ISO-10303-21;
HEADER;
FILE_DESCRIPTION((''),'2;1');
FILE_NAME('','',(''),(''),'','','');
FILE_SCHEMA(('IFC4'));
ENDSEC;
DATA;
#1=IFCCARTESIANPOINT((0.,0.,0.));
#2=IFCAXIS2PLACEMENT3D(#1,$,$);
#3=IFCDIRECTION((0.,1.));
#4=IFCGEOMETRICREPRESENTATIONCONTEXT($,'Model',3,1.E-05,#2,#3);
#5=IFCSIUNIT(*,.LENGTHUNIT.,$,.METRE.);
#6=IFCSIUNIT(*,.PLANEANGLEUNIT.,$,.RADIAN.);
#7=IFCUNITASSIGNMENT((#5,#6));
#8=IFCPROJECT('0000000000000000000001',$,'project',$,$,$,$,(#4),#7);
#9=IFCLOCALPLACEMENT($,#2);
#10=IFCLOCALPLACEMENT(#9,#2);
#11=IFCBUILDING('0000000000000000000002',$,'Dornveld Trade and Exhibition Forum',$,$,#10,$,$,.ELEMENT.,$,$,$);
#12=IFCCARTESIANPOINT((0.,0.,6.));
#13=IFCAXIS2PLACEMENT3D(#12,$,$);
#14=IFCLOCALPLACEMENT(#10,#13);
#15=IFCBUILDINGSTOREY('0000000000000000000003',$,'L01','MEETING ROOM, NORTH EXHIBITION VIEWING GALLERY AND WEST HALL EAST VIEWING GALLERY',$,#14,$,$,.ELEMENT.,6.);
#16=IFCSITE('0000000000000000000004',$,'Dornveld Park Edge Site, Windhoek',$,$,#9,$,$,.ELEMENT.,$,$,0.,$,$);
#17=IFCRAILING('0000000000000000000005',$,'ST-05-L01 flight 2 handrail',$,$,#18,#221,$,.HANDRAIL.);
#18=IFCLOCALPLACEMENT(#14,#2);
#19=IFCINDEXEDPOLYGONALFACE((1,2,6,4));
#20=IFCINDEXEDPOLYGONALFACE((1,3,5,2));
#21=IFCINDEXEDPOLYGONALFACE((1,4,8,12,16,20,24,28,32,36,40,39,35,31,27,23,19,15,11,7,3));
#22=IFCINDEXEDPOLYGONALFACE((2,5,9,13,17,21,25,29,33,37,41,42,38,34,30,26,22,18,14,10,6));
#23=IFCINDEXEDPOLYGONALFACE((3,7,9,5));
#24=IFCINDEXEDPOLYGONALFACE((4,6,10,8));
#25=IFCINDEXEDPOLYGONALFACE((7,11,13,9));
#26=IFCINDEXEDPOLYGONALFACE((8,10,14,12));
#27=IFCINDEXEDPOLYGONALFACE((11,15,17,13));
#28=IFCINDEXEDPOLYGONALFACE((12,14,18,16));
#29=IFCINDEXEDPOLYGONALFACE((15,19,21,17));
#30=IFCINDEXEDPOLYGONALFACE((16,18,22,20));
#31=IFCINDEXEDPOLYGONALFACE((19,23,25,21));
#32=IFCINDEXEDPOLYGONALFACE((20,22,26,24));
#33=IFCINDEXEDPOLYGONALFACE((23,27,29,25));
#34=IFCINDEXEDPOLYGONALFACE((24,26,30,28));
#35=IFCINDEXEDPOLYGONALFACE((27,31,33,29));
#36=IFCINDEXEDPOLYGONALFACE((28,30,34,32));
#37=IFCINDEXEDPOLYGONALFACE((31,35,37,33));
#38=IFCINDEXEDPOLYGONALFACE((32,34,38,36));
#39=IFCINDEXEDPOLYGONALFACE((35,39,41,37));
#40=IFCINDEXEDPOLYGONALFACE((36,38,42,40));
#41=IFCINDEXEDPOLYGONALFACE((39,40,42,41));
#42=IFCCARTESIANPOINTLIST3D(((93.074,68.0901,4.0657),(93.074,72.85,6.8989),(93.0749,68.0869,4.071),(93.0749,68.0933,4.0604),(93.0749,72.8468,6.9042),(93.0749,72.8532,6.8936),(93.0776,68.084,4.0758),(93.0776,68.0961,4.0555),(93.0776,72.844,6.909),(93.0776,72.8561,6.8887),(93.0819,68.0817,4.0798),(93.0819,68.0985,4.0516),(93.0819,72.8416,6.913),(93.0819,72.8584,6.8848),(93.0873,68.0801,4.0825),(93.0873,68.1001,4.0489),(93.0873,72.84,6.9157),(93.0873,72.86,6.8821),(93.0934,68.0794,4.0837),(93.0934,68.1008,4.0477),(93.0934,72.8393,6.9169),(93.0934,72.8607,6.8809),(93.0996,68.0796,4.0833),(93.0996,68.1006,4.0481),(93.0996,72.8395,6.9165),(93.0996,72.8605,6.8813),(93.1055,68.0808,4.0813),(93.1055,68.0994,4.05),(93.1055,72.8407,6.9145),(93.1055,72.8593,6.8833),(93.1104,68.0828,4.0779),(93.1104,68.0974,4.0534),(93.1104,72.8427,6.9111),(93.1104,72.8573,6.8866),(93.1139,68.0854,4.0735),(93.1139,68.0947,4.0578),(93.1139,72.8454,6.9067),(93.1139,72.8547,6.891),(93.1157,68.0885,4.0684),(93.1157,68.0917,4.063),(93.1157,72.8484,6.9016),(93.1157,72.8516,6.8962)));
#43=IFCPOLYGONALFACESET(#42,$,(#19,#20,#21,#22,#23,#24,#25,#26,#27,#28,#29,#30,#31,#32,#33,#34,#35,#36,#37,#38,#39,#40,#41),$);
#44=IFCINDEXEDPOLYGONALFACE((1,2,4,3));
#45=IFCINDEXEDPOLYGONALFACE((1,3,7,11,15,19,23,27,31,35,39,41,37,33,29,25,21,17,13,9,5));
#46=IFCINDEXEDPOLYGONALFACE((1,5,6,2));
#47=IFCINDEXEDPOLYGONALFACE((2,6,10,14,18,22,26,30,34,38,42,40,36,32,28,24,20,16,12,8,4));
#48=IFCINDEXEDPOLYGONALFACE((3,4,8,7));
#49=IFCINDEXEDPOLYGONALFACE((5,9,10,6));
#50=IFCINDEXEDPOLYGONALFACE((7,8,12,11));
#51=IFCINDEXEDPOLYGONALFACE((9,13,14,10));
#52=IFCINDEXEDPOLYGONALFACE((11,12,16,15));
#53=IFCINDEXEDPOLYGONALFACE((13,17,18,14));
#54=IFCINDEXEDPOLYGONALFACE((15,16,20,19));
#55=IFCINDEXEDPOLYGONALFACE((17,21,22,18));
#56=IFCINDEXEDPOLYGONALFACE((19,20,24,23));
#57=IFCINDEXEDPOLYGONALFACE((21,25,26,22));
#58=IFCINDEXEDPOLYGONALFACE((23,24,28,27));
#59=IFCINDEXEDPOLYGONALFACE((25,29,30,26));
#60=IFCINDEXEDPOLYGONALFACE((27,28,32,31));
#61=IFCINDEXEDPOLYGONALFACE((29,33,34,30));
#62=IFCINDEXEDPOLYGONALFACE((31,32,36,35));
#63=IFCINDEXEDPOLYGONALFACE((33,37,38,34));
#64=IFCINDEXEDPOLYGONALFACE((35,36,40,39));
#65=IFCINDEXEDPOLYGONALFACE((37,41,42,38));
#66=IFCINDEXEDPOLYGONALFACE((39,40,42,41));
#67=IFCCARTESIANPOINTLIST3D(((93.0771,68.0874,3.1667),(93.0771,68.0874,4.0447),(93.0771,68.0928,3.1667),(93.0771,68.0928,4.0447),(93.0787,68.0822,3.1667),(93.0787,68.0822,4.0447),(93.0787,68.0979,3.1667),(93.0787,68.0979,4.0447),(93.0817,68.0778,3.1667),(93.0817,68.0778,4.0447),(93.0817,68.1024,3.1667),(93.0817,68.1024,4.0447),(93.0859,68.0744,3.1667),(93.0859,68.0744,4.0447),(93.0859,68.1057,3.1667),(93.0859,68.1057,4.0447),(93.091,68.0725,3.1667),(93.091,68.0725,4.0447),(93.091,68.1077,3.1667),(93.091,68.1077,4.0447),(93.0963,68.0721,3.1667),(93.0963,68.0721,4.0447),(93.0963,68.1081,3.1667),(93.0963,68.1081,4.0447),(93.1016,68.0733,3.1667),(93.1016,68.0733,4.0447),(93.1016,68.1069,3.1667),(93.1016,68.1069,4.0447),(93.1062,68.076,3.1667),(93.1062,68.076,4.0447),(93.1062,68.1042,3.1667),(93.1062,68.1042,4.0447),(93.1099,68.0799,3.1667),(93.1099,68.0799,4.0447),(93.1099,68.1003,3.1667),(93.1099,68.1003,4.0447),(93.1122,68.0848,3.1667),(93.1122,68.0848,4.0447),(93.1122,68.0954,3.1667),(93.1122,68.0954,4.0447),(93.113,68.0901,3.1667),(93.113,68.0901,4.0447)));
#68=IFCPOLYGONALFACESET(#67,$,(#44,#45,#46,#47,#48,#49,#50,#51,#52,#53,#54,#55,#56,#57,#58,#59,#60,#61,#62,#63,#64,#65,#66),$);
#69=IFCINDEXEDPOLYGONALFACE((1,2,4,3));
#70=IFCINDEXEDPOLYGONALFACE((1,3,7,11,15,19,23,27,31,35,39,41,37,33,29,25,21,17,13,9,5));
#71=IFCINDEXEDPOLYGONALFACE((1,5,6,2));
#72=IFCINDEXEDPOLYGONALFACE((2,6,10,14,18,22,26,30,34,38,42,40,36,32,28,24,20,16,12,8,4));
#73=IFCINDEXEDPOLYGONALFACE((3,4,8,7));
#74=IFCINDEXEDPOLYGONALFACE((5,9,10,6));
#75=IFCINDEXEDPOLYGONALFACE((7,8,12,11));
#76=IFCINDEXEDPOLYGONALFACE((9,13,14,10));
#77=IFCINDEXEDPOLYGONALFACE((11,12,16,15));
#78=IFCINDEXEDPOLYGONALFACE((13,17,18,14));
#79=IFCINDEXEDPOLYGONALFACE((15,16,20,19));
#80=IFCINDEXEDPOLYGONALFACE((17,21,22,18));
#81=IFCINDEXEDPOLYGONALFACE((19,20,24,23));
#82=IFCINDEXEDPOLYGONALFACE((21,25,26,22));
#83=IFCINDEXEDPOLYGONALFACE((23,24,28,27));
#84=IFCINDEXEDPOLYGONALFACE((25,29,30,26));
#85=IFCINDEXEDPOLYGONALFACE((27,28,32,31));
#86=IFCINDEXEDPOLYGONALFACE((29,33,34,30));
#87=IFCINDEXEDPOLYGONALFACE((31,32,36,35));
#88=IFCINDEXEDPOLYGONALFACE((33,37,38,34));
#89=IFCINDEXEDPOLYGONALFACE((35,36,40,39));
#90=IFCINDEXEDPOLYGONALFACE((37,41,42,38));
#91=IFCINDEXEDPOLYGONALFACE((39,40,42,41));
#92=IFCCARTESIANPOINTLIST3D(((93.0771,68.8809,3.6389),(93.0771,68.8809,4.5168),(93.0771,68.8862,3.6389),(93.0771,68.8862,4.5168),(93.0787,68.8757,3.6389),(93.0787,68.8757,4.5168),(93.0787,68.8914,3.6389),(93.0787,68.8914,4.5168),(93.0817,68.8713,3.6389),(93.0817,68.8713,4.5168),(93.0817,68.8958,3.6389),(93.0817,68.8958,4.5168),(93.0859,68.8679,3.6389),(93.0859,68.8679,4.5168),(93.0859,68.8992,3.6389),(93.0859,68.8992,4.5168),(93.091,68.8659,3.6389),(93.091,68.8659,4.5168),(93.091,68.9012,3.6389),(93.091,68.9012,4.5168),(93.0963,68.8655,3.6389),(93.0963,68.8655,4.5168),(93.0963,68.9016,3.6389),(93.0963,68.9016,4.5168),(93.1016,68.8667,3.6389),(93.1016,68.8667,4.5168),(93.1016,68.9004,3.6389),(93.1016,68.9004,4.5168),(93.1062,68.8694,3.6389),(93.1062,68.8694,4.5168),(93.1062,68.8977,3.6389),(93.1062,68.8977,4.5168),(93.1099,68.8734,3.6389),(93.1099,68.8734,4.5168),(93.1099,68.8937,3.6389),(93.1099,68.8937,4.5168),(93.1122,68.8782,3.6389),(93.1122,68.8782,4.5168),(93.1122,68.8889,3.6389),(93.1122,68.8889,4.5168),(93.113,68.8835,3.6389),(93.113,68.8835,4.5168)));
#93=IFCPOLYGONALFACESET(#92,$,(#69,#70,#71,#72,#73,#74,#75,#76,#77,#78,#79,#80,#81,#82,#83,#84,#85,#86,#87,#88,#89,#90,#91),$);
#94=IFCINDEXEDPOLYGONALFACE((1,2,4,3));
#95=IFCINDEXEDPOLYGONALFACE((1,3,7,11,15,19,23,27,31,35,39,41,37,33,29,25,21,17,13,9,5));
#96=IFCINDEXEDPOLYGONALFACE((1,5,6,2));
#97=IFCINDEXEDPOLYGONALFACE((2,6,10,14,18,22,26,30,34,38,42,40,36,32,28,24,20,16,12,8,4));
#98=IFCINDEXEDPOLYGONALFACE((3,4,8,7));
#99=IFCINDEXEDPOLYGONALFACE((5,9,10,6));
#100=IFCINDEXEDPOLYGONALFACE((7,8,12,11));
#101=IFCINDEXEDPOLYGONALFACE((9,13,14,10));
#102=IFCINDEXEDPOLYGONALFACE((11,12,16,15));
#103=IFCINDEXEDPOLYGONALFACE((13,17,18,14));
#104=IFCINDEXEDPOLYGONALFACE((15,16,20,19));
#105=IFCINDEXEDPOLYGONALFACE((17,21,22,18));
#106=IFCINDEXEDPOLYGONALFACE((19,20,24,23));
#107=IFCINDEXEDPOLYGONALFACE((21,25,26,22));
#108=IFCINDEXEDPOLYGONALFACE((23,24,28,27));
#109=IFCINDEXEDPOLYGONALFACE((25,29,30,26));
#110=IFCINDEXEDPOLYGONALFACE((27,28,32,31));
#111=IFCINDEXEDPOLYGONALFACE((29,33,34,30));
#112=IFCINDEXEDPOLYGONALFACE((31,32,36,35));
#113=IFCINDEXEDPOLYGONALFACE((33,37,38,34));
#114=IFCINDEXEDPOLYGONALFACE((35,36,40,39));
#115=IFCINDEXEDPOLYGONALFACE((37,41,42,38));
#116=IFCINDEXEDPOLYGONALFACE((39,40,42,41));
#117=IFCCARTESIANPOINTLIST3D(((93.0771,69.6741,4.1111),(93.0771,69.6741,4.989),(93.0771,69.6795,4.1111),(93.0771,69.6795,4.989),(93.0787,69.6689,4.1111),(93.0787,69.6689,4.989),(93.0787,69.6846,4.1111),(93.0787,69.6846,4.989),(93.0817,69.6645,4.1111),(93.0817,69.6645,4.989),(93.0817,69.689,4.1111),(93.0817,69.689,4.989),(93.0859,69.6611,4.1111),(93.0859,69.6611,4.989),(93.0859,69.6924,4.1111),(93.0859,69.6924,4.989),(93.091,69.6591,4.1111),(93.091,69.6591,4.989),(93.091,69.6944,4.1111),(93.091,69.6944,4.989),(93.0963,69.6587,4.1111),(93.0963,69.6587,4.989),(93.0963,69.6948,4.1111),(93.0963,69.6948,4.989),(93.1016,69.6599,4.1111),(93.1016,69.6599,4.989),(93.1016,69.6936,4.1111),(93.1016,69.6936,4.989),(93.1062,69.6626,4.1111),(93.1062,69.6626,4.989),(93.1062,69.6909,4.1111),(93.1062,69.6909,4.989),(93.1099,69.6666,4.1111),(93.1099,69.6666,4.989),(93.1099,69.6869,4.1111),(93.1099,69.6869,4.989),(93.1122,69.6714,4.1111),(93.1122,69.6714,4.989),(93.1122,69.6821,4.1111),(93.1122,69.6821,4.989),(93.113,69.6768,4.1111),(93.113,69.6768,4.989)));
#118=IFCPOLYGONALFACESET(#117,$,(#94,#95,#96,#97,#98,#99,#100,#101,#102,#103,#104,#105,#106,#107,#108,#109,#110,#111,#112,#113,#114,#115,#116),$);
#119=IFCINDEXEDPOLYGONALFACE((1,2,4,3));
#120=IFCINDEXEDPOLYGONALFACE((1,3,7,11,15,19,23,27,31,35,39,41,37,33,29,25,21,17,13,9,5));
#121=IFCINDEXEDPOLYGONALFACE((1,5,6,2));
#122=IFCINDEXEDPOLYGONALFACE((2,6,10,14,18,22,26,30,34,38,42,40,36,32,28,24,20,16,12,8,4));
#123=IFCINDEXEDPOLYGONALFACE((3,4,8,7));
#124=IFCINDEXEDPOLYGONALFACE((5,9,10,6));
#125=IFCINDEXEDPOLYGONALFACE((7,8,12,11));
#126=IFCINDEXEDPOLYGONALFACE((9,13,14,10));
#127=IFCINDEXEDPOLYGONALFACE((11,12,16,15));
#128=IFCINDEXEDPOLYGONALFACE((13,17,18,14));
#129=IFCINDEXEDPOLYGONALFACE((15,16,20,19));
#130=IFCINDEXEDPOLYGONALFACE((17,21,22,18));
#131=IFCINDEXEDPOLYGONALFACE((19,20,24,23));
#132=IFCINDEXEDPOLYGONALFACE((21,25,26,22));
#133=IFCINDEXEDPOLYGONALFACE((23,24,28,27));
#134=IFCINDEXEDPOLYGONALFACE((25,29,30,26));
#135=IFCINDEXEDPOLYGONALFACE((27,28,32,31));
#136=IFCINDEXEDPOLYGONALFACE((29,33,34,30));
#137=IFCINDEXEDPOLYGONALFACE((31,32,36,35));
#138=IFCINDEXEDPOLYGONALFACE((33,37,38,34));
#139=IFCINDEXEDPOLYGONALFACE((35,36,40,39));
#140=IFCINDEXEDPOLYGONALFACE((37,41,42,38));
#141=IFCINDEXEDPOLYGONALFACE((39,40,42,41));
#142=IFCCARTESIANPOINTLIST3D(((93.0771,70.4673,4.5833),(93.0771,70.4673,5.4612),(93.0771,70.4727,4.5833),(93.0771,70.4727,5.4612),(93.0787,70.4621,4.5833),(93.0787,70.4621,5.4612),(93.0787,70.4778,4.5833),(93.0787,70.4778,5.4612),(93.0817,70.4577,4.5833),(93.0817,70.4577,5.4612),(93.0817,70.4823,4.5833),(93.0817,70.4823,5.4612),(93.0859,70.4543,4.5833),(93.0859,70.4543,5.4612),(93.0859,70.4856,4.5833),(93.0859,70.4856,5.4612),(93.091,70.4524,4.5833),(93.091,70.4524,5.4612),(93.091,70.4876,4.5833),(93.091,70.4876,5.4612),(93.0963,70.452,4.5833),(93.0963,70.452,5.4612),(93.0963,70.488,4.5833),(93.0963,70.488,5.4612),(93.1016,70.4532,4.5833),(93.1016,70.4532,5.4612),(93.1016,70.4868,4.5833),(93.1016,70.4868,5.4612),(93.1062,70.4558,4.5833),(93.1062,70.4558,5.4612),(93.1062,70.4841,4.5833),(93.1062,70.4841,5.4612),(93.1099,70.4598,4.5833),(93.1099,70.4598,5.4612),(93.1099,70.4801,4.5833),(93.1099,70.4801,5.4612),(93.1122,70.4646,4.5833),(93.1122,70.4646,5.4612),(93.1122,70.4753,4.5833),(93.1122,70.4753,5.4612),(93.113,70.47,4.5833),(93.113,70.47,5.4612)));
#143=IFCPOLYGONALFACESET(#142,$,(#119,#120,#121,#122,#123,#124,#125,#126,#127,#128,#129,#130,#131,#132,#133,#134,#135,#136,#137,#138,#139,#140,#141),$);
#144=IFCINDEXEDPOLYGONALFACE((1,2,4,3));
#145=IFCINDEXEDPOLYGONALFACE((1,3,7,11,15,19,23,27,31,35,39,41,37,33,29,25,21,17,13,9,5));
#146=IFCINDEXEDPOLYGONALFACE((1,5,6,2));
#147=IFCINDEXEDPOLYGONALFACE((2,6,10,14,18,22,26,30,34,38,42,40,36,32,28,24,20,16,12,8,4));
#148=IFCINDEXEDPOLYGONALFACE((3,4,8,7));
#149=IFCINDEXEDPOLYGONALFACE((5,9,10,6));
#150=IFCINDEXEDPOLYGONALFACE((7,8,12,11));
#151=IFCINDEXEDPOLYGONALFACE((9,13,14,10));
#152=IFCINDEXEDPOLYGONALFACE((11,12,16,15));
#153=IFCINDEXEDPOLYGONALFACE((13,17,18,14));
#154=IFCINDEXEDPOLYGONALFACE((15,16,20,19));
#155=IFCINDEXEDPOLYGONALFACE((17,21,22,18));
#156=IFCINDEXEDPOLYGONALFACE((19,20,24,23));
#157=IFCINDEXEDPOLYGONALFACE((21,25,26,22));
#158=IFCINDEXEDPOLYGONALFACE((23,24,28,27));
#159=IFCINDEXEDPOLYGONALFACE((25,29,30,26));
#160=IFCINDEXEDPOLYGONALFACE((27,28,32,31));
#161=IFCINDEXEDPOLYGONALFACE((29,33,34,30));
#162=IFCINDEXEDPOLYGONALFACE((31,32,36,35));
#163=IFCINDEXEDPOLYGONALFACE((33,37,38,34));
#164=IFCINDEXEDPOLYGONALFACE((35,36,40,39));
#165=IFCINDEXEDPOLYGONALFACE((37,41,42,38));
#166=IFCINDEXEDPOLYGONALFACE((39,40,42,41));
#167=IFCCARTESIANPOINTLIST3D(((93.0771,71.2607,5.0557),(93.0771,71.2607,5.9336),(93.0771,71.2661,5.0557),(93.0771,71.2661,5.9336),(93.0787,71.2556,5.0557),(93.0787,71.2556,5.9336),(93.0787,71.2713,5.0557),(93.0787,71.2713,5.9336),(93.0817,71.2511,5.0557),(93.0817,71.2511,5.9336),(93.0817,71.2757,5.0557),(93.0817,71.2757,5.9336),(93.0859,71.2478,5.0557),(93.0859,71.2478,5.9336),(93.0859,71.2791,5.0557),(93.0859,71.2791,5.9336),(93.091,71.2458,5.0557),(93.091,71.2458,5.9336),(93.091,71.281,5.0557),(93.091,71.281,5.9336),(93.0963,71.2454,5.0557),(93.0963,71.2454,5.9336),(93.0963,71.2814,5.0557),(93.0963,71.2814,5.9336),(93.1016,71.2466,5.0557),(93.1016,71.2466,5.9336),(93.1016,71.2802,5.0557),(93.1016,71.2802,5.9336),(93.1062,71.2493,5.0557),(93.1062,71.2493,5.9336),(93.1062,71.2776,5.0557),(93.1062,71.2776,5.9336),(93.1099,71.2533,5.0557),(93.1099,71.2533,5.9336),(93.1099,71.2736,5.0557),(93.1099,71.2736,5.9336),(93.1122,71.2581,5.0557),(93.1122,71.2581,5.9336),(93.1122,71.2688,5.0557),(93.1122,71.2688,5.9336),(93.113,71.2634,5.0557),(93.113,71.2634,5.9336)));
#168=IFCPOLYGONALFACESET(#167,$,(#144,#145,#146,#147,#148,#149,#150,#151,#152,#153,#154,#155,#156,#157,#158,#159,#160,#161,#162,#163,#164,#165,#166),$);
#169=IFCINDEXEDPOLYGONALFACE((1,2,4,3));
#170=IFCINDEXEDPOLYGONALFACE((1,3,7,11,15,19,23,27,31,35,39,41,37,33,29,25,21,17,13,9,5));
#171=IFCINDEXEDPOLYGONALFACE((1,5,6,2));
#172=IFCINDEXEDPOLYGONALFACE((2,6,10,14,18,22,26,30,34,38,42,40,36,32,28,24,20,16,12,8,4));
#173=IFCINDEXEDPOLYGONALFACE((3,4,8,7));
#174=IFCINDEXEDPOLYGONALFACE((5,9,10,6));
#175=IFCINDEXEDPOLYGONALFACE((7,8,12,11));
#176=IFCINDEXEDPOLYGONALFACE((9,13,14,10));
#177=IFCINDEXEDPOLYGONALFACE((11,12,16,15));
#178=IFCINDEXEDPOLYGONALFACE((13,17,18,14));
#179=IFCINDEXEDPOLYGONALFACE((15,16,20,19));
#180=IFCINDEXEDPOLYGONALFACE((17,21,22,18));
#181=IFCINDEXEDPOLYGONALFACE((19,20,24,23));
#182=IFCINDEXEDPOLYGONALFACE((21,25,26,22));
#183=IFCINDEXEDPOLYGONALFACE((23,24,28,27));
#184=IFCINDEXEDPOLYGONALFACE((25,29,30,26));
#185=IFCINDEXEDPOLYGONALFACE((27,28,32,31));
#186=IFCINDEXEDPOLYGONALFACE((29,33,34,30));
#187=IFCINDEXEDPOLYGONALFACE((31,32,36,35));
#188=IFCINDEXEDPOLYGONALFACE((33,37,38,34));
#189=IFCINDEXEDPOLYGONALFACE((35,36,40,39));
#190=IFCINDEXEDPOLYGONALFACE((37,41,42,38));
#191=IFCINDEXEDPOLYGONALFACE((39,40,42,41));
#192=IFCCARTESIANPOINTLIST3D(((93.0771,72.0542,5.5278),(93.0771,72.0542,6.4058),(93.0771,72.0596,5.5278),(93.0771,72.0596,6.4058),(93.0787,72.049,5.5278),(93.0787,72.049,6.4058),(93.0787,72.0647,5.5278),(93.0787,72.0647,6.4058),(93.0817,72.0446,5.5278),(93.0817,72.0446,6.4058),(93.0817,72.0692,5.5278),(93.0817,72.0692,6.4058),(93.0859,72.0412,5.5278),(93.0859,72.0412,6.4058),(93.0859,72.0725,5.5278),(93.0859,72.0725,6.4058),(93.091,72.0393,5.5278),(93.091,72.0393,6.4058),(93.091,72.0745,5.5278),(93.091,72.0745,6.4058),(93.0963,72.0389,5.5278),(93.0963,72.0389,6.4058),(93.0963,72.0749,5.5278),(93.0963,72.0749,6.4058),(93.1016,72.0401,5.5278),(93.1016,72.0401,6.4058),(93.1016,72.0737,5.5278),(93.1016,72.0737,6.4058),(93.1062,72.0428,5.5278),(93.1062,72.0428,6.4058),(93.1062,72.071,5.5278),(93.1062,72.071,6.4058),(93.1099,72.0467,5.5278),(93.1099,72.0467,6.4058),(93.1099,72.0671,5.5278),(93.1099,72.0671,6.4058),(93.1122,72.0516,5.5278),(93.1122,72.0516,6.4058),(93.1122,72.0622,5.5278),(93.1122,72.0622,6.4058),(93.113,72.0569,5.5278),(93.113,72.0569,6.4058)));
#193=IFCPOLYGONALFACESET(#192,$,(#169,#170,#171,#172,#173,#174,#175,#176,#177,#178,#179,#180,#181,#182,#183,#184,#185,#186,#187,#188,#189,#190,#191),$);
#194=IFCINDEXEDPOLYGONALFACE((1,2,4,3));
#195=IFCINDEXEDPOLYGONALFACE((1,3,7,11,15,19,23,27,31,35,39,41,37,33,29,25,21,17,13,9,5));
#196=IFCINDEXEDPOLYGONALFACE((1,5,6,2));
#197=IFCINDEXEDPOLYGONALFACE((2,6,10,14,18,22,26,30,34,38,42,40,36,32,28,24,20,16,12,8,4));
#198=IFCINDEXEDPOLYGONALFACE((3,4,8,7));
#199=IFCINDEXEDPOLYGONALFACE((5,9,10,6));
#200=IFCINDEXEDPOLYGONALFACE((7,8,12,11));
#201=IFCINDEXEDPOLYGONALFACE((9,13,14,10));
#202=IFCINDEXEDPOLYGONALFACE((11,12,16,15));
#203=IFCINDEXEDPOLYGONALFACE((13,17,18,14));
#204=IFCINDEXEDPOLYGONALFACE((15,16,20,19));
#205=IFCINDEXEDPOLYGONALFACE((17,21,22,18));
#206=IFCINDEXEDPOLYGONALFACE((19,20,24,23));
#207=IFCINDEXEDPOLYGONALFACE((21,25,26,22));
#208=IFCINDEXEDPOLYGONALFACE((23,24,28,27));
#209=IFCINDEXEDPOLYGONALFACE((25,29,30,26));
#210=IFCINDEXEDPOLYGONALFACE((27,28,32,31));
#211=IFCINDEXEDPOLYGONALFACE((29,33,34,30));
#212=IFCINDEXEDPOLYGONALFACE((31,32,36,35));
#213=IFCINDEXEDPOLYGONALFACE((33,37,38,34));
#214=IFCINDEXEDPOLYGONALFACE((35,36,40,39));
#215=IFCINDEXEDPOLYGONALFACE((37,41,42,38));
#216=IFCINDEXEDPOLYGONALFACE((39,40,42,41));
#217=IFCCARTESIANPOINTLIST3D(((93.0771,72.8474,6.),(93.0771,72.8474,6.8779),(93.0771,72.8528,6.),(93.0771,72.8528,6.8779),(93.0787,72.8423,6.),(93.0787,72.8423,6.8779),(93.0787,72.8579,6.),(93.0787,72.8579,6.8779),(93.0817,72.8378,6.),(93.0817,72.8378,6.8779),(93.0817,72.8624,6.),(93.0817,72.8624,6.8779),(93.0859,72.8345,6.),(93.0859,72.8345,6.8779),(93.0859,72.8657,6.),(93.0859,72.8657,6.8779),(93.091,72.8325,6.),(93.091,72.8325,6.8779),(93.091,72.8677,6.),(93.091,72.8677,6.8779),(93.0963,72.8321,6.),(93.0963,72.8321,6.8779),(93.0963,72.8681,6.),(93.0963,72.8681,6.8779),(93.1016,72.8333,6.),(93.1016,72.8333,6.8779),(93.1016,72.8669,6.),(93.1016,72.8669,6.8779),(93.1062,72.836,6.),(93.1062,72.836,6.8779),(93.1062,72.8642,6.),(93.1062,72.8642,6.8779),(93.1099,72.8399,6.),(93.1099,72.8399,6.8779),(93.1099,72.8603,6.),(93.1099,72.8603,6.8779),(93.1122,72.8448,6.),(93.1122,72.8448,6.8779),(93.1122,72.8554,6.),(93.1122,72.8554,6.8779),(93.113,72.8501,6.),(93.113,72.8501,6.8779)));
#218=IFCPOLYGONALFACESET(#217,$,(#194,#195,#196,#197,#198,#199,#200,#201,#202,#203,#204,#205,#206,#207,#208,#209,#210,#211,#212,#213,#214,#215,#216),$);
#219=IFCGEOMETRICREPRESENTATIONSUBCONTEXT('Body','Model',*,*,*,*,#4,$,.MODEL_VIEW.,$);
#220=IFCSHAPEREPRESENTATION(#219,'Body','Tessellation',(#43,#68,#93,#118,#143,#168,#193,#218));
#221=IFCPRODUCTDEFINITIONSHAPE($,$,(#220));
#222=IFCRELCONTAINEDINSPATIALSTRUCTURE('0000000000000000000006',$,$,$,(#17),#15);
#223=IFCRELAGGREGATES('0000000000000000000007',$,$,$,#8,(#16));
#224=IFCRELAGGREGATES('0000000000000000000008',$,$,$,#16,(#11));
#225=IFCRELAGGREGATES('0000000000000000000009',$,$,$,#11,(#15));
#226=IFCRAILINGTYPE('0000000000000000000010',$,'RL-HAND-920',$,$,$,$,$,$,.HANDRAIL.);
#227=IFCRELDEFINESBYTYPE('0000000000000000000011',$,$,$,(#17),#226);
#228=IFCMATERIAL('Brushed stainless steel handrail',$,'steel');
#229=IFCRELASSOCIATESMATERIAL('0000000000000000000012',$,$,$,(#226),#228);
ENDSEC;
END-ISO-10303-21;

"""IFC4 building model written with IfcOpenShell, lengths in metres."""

from ifc_helpers import new_model, si_unit, direction, frame, origin, origin_2d, place, context, subcontext, project, spatial, circle, extrude, material, type_object, element, save


model = new_model("IFC4")

# Units and contexts
model_context = context("Model", 3, precision=1e-05, world=origin(), true_north=direction((0.0, 1.0)))
body_context = subcontext(model_context, "Body", "Model", "MODEL_VIEW")
ifc_project = project(units=[si_unit("LENGTHUNIT", "METRE"), si_unit("PLANEANGLEUNIT", "RADIAN")], contexts=[model_context])

# Site, building, storey
site_placement = place(None, origin())
site = spatial("IfcSite", under=ifc_project, at=site_placement, Name="Dornveld Park Edge Site, Windhoek", CompositionType="ELEMENT", RefElevation=0.0)
building_placement = place(site_placement, origin())
building = spatial("IfcBuilding", under=site, at=building_placement, Name="Dornveld Trade and Exhibition Forum", CompositionType="ELEMENT")
storey_placement = place(building_placement, frame((0.0, 0.0, 6.0)))
storey = spatial("IfcBuildingStorey", under=building, at=storey_placement, Name="L01", Description="MEETING ROOM, NORTH EXHIBITION VIEWING GALLERY AND WEST HALL EAST VIEWING GALLERY", CompositionType="ELEMENT", Elevation=6.0)

# Railing
ifc_material_1 = material(Name="Brushed stainless steel handrail", Category="steel")
railing_type_1 = type_object("IfcRailingType", Name="RL-HAND-920", PredefinedType="HANDRAIL", material=ifc_material_1)
railing_1_placement = place(storey_placement, frame((93.095, 68.0901, 3.1667)))
element("IfcRailing", 1, at=railing_1_placement, inside=storey, type_object=railing_type_1, Name="ST-05-L01 flight 2 handrail", PredefinedType="HANDRAIL", context=body_context, shape_type="SweptSolid", body=[
    extrude(circle(Radius=0.021, at=origin_2d()), frame((0.0, 0.0, 0.8989), z_axis=(0.0, 0.8593, 0.511472), x_axis=(-1.0, 0.0, 0.0)), (0.0, 0.0, 1.0), 5.5393),
    extrude(circle(Radius=0.0181, at=origin_2d()), origin(), (0.0, 0.0, 1.0), 0.8779),
    extrude(circle(Radius=0.0181, at=origin_2d()), frame((0.0, 0.7935, 0.4722)), (0.0, 0.0, 1.0), 0.8779),
    extrude(circle(Radius=0.0181, at=origin_2d()), frame((0.0, 1.5867, 0.9443)), (0.0, 0.0, 1.0), 0.8779),
    extrude(circle(Radius=0.0181, at=origin_2d()), frame((0.0, 2.3799, 1.4165)), (0.0, 0.0, 1.0), 0.8779),
    extrude(circle(Radius=0.0181, at=origin_2d()), frame((0.0, 3.1733, 1.8889)), (0.0, 0.0, 1.0), 0.8779),
    extrude(circle(Radius=0.0181, at=origin_2d()), frame((0.0, 3.9668, 2.3611)), (0.0, 0.0, 1.0), 0.8779),
    extrude(circle(Radius=0.0181, at=origin_2d()), frame((0.0, 4.76, 2.8333)), (0.0, 0.0, 1.0), 0.8779),
])

save(model, "model.ifc")
